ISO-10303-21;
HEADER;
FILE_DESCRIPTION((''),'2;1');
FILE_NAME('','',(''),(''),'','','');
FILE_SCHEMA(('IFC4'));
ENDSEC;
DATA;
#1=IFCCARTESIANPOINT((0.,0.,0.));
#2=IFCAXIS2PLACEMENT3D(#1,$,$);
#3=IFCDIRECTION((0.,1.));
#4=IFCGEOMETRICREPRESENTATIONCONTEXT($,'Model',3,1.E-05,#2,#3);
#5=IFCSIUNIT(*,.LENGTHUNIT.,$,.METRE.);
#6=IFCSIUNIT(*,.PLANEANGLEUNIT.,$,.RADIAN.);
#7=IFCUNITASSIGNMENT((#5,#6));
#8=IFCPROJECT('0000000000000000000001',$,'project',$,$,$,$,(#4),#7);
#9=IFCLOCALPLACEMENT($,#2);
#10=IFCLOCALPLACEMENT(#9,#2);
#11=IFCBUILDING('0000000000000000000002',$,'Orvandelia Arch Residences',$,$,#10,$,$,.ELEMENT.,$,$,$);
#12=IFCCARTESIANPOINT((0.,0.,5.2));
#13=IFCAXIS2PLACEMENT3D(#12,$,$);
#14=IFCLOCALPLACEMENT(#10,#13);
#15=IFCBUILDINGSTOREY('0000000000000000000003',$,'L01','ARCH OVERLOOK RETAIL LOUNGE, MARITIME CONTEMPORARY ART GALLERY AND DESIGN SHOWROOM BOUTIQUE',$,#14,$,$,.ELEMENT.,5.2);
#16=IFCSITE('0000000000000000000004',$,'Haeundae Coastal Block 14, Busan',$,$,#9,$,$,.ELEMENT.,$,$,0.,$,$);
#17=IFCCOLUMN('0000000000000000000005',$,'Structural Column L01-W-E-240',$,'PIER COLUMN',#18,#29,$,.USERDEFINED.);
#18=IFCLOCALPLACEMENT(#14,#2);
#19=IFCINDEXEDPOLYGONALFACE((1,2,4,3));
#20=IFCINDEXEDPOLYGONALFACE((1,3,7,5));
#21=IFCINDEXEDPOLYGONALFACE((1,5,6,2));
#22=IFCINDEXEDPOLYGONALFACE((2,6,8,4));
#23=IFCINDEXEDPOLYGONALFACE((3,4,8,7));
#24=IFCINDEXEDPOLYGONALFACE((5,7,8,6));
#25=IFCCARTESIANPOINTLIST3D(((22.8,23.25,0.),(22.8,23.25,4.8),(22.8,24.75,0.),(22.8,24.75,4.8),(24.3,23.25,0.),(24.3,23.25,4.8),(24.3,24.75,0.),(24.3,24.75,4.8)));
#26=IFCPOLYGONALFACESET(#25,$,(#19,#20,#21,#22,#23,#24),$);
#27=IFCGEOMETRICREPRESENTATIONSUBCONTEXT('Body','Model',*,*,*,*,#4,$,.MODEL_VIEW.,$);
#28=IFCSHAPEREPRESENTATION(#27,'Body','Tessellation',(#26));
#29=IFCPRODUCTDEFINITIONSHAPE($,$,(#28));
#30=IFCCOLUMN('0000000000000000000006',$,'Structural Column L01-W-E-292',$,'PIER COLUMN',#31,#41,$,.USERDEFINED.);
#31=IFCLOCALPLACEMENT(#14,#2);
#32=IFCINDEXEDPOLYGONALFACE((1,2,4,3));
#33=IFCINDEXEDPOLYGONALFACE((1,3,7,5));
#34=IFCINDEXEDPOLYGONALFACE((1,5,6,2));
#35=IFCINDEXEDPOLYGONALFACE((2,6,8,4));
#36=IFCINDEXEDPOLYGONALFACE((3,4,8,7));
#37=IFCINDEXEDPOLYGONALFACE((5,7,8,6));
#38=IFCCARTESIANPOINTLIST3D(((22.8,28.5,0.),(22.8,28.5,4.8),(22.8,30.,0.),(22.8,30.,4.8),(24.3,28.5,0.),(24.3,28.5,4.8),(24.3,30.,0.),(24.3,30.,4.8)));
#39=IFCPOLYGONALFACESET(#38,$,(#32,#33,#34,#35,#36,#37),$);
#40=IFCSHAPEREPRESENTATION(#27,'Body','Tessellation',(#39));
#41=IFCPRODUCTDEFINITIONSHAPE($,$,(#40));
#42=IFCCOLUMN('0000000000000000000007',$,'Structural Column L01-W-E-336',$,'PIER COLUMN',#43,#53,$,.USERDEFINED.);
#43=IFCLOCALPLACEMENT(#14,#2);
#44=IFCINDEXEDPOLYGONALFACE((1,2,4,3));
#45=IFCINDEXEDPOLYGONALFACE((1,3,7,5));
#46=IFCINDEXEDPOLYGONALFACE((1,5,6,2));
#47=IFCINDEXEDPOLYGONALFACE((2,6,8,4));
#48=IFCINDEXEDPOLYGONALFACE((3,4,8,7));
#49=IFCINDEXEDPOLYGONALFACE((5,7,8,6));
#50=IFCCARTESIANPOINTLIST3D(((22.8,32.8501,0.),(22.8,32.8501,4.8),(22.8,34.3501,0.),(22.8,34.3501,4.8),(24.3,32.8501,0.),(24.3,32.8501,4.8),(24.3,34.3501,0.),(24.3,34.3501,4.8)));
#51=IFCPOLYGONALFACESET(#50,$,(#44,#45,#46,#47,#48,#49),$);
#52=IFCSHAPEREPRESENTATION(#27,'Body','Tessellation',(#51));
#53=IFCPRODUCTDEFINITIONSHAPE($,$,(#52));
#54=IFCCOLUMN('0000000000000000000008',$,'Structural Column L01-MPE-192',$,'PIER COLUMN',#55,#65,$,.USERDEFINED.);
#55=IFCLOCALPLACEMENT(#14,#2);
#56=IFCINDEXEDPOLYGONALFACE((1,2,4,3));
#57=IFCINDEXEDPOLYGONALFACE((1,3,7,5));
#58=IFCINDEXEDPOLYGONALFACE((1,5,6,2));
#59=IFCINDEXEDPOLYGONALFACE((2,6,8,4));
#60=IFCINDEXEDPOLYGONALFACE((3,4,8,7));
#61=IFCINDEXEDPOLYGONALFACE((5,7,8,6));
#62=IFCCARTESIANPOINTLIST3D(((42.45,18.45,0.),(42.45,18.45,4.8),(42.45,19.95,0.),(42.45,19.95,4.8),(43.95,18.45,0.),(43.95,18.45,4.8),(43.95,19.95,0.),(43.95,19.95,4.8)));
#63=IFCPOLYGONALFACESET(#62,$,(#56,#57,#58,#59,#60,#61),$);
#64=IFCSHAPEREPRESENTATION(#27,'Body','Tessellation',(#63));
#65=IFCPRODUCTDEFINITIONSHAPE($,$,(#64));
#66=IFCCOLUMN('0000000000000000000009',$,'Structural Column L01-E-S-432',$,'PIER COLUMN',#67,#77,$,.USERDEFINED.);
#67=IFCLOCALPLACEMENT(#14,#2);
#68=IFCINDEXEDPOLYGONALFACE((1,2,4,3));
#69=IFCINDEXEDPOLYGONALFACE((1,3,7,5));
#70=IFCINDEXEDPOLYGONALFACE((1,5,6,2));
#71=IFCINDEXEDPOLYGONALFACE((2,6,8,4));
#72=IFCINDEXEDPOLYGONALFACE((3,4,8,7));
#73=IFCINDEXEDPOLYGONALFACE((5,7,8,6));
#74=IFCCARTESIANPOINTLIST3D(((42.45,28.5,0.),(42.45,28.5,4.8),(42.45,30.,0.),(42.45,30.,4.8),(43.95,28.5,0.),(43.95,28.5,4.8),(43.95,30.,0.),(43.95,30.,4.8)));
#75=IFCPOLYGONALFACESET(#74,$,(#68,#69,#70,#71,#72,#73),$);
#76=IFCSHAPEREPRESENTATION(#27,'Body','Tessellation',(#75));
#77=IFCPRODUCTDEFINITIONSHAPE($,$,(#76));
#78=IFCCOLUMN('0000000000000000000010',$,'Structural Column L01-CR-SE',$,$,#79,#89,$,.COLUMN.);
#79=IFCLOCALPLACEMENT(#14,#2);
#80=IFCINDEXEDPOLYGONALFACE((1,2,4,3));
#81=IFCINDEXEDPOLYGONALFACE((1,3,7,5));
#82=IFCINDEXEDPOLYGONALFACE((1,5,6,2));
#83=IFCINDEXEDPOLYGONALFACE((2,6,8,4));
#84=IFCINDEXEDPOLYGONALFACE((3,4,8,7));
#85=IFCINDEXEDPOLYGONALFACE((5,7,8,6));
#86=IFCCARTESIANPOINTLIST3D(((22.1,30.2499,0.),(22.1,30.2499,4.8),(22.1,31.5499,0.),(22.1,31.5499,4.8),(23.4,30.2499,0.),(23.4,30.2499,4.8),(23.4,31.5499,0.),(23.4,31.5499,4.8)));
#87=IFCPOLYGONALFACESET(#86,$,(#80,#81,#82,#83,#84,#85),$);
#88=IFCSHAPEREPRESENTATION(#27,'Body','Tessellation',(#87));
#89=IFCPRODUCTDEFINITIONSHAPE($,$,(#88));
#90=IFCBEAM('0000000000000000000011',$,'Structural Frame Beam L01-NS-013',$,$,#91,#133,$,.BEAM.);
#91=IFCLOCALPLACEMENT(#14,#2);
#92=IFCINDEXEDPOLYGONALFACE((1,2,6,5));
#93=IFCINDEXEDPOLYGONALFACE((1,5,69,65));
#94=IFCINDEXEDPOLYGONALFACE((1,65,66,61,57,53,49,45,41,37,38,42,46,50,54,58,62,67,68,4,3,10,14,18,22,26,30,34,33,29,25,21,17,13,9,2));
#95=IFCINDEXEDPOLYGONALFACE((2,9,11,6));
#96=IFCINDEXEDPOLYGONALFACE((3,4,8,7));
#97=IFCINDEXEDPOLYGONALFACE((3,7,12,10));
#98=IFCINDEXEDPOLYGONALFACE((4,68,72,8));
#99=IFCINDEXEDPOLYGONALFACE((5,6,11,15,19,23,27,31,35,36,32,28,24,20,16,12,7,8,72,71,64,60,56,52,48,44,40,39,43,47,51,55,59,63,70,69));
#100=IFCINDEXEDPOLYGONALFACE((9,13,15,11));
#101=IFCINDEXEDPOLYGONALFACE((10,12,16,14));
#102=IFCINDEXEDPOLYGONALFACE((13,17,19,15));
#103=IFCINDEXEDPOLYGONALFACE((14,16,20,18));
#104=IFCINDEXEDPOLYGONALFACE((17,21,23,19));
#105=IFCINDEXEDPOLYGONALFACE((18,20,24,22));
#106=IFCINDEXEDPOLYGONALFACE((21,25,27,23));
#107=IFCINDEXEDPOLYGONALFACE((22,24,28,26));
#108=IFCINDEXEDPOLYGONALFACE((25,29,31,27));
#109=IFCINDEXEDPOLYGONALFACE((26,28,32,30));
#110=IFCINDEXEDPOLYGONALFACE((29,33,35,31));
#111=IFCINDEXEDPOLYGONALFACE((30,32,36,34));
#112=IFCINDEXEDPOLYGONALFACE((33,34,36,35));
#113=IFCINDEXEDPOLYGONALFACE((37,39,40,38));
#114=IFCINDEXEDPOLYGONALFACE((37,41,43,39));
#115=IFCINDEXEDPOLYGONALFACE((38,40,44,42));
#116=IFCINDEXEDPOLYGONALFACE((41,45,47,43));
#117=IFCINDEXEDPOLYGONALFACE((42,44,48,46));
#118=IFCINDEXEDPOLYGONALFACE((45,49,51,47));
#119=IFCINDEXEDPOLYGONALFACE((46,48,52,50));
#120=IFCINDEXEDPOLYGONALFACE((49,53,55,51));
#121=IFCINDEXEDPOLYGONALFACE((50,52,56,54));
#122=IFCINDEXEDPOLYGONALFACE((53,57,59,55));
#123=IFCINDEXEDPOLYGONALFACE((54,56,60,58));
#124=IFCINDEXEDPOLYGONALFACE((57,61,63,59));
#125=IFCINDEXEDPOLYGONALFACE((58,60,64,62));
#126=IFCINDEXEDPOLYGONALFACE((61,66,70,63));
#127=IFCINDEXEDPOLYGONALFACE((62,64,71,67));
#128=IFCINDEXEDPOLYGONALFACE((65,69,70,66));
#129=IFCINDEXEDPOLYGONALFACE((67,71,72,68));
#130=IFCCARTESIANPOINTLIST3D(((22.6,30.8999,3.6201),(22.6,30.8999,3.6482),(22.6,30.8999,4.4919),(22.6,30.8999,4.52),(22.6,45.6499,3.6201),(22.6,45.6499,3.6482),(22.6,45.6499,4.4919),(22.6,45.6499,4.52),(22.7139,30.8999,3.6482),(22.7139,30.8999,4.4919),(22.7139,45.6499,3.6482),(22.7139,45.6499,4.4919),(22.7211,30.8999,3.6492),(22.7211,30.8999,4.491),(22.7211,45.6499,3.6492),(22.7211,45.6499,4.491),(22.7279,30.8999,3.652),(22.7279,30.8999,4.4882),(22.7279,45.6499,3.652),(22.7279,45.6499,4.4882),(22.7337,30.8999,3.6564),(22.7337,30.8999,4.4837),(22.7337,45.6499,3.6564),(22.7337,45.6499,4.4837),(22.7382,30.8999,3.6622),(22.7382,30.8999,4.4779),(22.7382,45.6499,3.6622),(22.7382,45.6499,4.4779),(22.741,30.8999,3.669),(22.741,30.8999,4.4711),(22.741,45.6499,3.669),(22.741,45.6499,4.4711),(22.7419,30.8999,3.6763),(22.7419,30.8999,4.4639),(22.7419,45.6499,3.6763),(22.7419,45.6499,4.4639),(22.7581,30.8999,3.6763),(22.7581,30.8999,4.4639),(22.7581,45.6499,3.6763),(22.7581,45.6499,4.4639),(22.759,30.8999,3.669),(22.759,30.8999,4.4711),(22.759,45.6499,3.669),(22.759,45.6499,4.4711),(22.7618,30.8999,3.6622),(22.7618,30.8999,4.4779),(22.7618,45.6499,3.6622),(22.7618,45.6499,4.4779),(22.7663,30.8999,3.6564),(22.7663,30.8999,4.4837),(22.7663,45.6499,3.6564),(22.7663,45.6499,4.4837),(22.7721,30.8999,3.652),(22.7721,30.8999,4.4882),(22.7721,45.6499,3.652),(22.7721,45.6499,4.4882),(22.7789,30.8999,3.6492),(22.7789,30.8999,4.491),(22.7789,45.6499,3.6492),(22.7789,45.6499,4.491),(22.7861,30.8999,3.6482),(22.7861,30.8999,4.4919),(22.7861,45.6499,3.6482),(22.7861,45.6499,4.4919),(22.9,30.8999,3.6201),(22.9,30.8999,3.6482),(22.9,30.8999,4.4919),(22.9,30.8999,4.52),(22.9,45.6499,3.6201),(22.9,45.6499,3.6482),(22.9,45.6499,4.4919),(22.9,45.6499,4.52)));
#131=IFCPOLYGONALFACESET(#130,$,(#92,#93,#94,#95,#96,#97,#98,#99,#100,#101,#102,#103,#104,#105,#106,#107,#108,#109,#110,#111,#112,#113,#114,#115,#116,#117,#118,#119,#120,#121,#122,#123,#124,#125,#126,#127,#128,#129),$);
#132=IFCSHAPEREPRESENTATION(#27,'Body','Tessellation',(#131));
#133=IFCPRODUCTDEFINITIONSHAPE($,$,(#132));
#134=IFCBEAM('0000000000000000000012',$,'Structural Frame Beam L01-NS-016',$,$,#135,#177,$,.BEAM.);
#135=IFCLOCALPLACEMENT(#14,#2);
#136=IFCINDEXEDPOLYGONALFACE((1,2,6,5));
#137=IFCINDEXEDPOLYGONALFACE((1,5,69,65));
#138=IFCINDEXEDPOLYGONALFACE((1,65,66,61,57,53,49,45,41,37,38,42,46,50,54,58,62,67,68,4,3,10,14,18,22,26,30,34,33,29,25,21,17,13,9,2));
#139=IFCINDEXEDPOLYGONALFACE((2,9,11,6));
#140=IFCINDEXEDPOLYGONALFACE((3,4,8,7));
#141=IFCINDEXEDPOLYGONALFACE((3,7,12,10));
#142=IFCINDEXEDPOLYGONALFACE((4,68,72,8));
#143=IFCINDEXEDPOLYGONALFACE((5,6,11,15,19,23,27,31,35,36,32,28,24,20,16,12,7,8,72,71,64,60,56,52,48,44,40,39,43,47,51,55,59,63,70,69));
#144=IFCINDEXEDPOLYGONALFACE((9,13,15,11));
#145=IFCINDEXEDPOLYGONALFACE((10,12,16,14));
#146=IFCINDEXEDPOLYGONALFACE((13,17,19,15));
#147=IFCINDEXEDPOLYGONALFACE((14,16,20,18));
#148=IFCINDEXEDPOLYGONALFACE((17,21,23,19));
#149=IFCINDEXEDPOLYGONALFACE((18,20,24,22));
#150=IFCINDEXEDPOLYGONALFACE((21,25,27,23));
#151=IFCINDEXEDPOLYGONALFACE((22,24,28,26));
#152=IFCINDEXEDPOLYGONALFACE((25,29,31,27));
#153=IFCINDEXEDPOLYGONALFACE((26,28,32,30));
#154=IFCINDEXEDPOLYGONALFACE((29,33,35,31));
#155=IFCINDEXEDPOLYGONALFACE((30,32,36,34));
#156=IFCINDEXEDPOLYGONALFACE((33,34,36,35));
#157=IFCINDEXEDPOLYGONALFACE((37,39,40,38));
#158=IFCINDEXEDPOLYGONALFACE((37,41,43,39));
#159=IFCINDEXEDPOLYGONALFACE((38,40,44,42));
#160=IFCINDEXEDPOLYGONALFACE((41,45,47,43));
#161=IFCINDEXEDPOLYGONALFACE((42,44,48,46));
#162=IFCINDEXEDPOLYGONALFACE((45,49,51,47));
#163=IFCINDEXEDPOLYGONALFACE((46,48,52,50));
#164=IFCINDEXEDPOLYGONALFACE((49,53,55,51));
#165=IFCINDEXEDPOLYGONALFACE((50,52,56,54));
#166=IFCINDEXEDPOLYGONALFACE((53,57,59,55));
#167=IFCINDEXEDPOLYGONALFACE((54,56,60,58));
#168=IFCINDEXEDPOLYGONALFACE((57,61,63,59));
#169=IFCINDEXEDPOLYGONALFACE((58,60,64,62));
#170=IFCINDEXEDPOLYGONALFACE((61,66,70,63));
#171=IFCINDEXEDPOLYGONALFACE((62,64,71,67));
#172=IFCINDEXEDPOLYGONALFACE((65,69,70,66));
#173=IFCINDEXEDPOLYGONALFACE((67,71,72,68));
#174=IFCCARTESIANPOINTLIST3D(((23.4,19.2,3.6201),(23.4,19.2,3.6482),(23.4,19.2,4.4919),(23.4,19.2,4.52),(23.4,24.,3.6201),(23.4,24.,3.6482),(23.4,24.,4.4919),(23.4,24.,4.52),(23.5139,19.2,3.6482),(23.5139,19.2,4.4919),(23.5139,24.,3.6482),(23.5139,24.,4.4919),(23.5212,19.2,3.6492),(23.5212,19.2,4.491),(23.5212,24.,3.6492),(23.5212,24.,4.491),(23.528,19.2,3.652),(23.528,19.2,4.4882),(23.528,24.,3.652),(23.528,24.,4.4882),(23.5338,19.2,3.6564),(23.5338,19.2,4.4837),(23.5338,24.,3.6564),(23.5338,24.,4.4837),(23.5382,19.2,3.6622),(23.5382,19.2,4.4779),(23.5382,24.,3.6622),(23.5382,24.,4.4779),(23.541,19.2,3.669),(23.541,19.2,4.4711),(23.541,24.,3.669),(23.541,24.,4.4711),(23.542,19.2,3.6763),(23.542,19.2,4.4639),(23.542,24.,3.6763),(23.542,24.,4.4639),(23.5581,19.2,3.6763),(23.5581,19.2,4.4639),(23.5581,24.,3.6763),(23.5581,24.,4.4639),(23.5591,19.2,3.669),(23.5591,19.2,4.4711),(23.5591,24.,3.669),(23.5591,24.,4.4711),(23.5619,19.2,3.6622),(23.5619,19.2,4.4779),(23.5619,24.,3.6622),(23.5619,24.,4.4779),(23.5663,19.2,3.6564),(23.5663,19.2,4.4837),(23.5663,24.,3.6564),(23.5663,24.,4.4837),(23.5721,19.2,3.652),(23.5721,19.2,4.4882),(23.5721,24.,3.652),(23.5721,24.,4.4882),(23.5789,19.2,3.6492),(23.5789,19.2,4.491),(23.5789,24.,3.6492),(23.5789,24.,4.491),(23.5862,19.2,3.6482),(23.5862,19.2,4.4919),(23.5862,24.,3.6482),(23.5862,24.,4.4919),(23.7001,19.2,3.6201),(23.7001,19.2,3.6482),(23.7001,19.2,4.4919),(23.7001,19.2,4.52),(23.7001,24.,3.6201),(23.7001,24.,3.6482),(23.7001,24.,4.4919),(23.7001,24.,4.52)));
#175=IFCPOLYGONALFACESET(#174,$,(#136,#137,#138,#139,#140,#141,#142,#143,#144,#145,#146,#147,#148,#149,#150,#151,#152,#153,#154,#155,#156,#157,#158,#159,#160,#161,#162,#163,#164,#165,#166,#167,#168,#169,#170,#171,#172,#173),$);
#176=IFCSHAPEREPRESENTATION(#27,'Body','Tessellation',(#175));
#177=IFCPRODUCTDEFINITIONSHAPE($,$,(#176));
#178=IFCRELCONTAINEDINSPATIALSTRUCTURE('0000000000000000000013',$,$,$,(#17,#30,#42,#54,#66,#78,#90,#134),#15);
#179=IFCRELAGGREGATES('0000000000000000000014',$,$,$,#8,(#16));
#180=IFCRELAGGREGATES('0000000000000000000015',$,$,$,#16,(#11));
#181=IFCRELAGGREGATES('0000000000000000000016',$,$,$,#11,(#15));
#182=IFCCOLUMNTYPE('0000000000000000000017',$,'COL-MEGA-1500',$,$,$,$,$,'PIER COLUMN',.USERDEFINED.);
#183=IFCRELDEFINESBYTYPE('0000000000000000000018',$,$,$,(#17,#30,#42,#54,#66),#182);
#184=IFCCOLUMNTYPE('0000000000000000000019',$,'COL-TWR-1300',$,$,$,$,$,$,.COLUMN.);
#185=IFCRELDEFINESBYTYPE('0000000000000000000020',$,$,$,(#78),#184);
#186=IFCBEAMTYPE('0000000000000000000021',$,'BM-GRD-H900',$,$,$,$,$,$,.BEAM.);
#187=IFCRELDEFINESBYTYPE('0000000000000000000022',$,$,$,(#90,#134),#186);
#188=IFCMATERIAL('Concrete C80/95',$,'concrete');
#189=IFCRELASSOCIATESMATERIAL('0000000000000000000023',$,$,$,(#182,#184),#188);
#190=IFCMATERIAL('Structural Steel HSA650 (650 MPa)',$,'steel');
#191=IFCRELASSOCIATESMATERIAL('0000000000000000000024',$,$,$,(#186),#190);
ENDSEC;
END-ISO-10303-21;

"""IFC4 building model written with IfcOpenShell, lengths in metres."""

from ifc_helpers import new_model, si_unit, direction, frame, origin, origin_2d, place, context, subcontext, project, spatial, rectangle, i_section, extrude, material, material_profile, profile_set, type_object, element, save


model = new_model("IFC4")

# Units and contexts
model_context = context("Model", 3, precision=1e-05, world=origin(), true_north=direction((0.0, 1.0)))
body_context = subcontext(model_context, "Body", "Model", "MODEL_VIEW")
ifc_project = project(units=[si_unit("LENGTHUNIT", "METRE"), si_unit("PLANEANGLEUNIT", "RADIAN")], contexts=[model_context])

# Site, building, storey
site_placement = place(None, origin())
site = spatial("IfcSite", under=ifc_project, at=site_placement, Name="Haeundae Coastal Block 14, Busan", CompositionType="ELEMENT", RefElevation=0.0)
building_placement = place(site_placement, origin())
building = spatial("IfcBuilding", under=site, at=building_placement, Name="Orvandelia Arch Residences", CompositionType="ELEMENT")
storey_placement = place(building_placement, frame((0.0, 0.0, 5.2)))
storey = spatial("IfcBuildingStorey", under=building, at=storey_placement, Name="L01", Description="ARCH OVERLOOK RETAIL LOUNGE, MARITIME CONTEMPORARY ART GALLERY AND DESIGN SHOWROOM BOUTIQUE", CompositionType="ELEMENT", Elevation=5.2)

# Columns
ifc_material_1 = material(Name="Concrete C80/95", Category="concrete")
ifc_material_profile_1 = material_profile(ifc_material_1, rectangle(XDim=1.5, YDim=1.5, at=origin_2d()), Name="Concrete C80/95", Category="concrete")
ifc_profile_set_1 = profile_set([ifc_material_profile_1], Name="Concrete C80/95")
column_type_1 = type_object("IfcColumnType", Name="COL-MEGA-1500", ElementType="PIER COLUMN", PredefinedType="USERDEFINED", material=ifc_profile_set_1)
for number, where, z_axis, x_axis, name in (
    (1, (23.55, 24.0, 0.0), (0.0, 0.0, 1.0), (1.0, 0.0, 0.0), "Structural Column L01-W-E-240"),
    (2, (23.55, 29.25, 0.0), (0.0, 0.0, 1.0), (1.0, 0.0, 0.0), "Structural Column L01-W-E-292"),
    (3, (23.55, 33.6001, 0.0), (0.0, 0.0, 1.0), (1.0, 0.0, 0.0), "Structural Column L01-W-E-336"),
    (4, (43.2, 19.2, 0.0), (0.0, 0.0, 1.0), (1.0, 0.0, 0.0), "Structural Column L01-MPE-192"),
    (5, (43.2, 29.25, 0.0), (0.0, 0.0, 1.0), (1.0, 0.0, 0.0), "Structural Column L01-E-S-432"),
):
    element("IfcColumn", number, at=place(storey_placement, frame(where, z_axis=z_axis, x_axis=x_axis)), inside=storey, type_object=column_type_1, Name=name, ObjectType="PIER COLUMN", PredefinedType="USERDEFINED", context=body_context, shape_type="SweptSolid", body=[
        extrude(rectangle(XDim=1.5, YDim=1.5, at=origin_2d()), origin(), (0.0, 0.0, 1.0), 4.8),
    ])
ifc_material_profile_2 = material_profile(ifc_material_1, rectangle(XDim=1.3, YDim=1.3, at=origin_2d()), Name="Concrete C80/95", Category="concrete")
ifc_profile_set_2 = profile_set([ifc_material_profile_2], Name="Concrete C80/95")
column_type_2 = type_object("IfcColumnType", Name="COL-TWR-1300", PredefinedType="COLUMN", material=ifc_profile_set_2)
column_placement = place(storey_placement, frame((22.75, 30.8999, 0.0), z_axis=(0.0, 0.0, 1.0), x_axis=(1.0, 0.0, 0.0)))
element("IfcColumn", 6, at=column_placement, inside=storey, type_object=column_type_2, Name="Structural Column L01-CR-SE", PredefinedType="COLUMN", context=body_context, shape_type="SweptSolid", body=[
    extrude(rectangle(XDim=1.3, YDim=1.3, at=origin_2d()), origin(), (0.0, 0.0, 1.0), 4.8),
])

# Beams
ifc_material_2 = material(Name="Structural Steel HSA650 (650 MPa)", Category="steel")
ifc_material_profile_3 = material_profile(ifc_material_2, i_section(OverallWidth=0.3, OverallDepth=0.8999, WebThickness=0.0161, FlangeThickness=0.0281, FilletRadius=0.0281, at=origin_2d()), Name="Structural Steel HSA650 (650 MPa)", Category="steel")
ifc_profile_set_3 = profile_set([ifc_material_profile_3], Name="Structural Steel HSA650 (650 MPa)")
beam_type = type_object("IfcBeamType", Name="BM-GRD-H900", PredefinedType="BEAM", material=ifc_profile_set_3)
beam_1_placement = place(storey_placement, frame((22.75, 30.8999, 4.0701), z_axis=(0.0, 1.0, 0.0), x_axis=(-1.0, 0.0, 0.0)))
element("IfcBeam", 7, at=beam_1_placement, inside=storey, type_object=beam_type, Name="Structural Frame Beam L01-NS-013", PredefinedType="BEAM", context=body_context, shape_type="SweptSolid", body=[
    extrude(i_section(OverallWidth=0.3, OverallDepth=0.8999, WebThickness=0.0161, FlangeThickness=0.0281, FilletRadius=0.0281, at=origin_2d()), origin(), (0.0, 0.0, 1.0), 14.75),
])
beam_2_placement = place(storey_placement, frame((23.55, 19.2, 4.0701), z_axis=(0.0, 1.0, 0.0), x_axis=(-1.0, 0.0, 0.0)))
element("IfcBeam", 8, at=beam_2_placement, inside=storey, type_object=beam_type, Name="Structural Frame Beam L01-NS-016", PredefinedType="BEAM", context=body_context, shape_type="SweptSolid", body=[
    extrude(i_section(OverallWidth=0.3, OverallDepth=0.8999, WebThickness=0.0161, FlangeThickness=0.0281, FilletRadius=0.0281, at=origin_2d()), origin(), (0.0, 0.0, 1.0), 4.8),
])

save(model, "model.ifc")
